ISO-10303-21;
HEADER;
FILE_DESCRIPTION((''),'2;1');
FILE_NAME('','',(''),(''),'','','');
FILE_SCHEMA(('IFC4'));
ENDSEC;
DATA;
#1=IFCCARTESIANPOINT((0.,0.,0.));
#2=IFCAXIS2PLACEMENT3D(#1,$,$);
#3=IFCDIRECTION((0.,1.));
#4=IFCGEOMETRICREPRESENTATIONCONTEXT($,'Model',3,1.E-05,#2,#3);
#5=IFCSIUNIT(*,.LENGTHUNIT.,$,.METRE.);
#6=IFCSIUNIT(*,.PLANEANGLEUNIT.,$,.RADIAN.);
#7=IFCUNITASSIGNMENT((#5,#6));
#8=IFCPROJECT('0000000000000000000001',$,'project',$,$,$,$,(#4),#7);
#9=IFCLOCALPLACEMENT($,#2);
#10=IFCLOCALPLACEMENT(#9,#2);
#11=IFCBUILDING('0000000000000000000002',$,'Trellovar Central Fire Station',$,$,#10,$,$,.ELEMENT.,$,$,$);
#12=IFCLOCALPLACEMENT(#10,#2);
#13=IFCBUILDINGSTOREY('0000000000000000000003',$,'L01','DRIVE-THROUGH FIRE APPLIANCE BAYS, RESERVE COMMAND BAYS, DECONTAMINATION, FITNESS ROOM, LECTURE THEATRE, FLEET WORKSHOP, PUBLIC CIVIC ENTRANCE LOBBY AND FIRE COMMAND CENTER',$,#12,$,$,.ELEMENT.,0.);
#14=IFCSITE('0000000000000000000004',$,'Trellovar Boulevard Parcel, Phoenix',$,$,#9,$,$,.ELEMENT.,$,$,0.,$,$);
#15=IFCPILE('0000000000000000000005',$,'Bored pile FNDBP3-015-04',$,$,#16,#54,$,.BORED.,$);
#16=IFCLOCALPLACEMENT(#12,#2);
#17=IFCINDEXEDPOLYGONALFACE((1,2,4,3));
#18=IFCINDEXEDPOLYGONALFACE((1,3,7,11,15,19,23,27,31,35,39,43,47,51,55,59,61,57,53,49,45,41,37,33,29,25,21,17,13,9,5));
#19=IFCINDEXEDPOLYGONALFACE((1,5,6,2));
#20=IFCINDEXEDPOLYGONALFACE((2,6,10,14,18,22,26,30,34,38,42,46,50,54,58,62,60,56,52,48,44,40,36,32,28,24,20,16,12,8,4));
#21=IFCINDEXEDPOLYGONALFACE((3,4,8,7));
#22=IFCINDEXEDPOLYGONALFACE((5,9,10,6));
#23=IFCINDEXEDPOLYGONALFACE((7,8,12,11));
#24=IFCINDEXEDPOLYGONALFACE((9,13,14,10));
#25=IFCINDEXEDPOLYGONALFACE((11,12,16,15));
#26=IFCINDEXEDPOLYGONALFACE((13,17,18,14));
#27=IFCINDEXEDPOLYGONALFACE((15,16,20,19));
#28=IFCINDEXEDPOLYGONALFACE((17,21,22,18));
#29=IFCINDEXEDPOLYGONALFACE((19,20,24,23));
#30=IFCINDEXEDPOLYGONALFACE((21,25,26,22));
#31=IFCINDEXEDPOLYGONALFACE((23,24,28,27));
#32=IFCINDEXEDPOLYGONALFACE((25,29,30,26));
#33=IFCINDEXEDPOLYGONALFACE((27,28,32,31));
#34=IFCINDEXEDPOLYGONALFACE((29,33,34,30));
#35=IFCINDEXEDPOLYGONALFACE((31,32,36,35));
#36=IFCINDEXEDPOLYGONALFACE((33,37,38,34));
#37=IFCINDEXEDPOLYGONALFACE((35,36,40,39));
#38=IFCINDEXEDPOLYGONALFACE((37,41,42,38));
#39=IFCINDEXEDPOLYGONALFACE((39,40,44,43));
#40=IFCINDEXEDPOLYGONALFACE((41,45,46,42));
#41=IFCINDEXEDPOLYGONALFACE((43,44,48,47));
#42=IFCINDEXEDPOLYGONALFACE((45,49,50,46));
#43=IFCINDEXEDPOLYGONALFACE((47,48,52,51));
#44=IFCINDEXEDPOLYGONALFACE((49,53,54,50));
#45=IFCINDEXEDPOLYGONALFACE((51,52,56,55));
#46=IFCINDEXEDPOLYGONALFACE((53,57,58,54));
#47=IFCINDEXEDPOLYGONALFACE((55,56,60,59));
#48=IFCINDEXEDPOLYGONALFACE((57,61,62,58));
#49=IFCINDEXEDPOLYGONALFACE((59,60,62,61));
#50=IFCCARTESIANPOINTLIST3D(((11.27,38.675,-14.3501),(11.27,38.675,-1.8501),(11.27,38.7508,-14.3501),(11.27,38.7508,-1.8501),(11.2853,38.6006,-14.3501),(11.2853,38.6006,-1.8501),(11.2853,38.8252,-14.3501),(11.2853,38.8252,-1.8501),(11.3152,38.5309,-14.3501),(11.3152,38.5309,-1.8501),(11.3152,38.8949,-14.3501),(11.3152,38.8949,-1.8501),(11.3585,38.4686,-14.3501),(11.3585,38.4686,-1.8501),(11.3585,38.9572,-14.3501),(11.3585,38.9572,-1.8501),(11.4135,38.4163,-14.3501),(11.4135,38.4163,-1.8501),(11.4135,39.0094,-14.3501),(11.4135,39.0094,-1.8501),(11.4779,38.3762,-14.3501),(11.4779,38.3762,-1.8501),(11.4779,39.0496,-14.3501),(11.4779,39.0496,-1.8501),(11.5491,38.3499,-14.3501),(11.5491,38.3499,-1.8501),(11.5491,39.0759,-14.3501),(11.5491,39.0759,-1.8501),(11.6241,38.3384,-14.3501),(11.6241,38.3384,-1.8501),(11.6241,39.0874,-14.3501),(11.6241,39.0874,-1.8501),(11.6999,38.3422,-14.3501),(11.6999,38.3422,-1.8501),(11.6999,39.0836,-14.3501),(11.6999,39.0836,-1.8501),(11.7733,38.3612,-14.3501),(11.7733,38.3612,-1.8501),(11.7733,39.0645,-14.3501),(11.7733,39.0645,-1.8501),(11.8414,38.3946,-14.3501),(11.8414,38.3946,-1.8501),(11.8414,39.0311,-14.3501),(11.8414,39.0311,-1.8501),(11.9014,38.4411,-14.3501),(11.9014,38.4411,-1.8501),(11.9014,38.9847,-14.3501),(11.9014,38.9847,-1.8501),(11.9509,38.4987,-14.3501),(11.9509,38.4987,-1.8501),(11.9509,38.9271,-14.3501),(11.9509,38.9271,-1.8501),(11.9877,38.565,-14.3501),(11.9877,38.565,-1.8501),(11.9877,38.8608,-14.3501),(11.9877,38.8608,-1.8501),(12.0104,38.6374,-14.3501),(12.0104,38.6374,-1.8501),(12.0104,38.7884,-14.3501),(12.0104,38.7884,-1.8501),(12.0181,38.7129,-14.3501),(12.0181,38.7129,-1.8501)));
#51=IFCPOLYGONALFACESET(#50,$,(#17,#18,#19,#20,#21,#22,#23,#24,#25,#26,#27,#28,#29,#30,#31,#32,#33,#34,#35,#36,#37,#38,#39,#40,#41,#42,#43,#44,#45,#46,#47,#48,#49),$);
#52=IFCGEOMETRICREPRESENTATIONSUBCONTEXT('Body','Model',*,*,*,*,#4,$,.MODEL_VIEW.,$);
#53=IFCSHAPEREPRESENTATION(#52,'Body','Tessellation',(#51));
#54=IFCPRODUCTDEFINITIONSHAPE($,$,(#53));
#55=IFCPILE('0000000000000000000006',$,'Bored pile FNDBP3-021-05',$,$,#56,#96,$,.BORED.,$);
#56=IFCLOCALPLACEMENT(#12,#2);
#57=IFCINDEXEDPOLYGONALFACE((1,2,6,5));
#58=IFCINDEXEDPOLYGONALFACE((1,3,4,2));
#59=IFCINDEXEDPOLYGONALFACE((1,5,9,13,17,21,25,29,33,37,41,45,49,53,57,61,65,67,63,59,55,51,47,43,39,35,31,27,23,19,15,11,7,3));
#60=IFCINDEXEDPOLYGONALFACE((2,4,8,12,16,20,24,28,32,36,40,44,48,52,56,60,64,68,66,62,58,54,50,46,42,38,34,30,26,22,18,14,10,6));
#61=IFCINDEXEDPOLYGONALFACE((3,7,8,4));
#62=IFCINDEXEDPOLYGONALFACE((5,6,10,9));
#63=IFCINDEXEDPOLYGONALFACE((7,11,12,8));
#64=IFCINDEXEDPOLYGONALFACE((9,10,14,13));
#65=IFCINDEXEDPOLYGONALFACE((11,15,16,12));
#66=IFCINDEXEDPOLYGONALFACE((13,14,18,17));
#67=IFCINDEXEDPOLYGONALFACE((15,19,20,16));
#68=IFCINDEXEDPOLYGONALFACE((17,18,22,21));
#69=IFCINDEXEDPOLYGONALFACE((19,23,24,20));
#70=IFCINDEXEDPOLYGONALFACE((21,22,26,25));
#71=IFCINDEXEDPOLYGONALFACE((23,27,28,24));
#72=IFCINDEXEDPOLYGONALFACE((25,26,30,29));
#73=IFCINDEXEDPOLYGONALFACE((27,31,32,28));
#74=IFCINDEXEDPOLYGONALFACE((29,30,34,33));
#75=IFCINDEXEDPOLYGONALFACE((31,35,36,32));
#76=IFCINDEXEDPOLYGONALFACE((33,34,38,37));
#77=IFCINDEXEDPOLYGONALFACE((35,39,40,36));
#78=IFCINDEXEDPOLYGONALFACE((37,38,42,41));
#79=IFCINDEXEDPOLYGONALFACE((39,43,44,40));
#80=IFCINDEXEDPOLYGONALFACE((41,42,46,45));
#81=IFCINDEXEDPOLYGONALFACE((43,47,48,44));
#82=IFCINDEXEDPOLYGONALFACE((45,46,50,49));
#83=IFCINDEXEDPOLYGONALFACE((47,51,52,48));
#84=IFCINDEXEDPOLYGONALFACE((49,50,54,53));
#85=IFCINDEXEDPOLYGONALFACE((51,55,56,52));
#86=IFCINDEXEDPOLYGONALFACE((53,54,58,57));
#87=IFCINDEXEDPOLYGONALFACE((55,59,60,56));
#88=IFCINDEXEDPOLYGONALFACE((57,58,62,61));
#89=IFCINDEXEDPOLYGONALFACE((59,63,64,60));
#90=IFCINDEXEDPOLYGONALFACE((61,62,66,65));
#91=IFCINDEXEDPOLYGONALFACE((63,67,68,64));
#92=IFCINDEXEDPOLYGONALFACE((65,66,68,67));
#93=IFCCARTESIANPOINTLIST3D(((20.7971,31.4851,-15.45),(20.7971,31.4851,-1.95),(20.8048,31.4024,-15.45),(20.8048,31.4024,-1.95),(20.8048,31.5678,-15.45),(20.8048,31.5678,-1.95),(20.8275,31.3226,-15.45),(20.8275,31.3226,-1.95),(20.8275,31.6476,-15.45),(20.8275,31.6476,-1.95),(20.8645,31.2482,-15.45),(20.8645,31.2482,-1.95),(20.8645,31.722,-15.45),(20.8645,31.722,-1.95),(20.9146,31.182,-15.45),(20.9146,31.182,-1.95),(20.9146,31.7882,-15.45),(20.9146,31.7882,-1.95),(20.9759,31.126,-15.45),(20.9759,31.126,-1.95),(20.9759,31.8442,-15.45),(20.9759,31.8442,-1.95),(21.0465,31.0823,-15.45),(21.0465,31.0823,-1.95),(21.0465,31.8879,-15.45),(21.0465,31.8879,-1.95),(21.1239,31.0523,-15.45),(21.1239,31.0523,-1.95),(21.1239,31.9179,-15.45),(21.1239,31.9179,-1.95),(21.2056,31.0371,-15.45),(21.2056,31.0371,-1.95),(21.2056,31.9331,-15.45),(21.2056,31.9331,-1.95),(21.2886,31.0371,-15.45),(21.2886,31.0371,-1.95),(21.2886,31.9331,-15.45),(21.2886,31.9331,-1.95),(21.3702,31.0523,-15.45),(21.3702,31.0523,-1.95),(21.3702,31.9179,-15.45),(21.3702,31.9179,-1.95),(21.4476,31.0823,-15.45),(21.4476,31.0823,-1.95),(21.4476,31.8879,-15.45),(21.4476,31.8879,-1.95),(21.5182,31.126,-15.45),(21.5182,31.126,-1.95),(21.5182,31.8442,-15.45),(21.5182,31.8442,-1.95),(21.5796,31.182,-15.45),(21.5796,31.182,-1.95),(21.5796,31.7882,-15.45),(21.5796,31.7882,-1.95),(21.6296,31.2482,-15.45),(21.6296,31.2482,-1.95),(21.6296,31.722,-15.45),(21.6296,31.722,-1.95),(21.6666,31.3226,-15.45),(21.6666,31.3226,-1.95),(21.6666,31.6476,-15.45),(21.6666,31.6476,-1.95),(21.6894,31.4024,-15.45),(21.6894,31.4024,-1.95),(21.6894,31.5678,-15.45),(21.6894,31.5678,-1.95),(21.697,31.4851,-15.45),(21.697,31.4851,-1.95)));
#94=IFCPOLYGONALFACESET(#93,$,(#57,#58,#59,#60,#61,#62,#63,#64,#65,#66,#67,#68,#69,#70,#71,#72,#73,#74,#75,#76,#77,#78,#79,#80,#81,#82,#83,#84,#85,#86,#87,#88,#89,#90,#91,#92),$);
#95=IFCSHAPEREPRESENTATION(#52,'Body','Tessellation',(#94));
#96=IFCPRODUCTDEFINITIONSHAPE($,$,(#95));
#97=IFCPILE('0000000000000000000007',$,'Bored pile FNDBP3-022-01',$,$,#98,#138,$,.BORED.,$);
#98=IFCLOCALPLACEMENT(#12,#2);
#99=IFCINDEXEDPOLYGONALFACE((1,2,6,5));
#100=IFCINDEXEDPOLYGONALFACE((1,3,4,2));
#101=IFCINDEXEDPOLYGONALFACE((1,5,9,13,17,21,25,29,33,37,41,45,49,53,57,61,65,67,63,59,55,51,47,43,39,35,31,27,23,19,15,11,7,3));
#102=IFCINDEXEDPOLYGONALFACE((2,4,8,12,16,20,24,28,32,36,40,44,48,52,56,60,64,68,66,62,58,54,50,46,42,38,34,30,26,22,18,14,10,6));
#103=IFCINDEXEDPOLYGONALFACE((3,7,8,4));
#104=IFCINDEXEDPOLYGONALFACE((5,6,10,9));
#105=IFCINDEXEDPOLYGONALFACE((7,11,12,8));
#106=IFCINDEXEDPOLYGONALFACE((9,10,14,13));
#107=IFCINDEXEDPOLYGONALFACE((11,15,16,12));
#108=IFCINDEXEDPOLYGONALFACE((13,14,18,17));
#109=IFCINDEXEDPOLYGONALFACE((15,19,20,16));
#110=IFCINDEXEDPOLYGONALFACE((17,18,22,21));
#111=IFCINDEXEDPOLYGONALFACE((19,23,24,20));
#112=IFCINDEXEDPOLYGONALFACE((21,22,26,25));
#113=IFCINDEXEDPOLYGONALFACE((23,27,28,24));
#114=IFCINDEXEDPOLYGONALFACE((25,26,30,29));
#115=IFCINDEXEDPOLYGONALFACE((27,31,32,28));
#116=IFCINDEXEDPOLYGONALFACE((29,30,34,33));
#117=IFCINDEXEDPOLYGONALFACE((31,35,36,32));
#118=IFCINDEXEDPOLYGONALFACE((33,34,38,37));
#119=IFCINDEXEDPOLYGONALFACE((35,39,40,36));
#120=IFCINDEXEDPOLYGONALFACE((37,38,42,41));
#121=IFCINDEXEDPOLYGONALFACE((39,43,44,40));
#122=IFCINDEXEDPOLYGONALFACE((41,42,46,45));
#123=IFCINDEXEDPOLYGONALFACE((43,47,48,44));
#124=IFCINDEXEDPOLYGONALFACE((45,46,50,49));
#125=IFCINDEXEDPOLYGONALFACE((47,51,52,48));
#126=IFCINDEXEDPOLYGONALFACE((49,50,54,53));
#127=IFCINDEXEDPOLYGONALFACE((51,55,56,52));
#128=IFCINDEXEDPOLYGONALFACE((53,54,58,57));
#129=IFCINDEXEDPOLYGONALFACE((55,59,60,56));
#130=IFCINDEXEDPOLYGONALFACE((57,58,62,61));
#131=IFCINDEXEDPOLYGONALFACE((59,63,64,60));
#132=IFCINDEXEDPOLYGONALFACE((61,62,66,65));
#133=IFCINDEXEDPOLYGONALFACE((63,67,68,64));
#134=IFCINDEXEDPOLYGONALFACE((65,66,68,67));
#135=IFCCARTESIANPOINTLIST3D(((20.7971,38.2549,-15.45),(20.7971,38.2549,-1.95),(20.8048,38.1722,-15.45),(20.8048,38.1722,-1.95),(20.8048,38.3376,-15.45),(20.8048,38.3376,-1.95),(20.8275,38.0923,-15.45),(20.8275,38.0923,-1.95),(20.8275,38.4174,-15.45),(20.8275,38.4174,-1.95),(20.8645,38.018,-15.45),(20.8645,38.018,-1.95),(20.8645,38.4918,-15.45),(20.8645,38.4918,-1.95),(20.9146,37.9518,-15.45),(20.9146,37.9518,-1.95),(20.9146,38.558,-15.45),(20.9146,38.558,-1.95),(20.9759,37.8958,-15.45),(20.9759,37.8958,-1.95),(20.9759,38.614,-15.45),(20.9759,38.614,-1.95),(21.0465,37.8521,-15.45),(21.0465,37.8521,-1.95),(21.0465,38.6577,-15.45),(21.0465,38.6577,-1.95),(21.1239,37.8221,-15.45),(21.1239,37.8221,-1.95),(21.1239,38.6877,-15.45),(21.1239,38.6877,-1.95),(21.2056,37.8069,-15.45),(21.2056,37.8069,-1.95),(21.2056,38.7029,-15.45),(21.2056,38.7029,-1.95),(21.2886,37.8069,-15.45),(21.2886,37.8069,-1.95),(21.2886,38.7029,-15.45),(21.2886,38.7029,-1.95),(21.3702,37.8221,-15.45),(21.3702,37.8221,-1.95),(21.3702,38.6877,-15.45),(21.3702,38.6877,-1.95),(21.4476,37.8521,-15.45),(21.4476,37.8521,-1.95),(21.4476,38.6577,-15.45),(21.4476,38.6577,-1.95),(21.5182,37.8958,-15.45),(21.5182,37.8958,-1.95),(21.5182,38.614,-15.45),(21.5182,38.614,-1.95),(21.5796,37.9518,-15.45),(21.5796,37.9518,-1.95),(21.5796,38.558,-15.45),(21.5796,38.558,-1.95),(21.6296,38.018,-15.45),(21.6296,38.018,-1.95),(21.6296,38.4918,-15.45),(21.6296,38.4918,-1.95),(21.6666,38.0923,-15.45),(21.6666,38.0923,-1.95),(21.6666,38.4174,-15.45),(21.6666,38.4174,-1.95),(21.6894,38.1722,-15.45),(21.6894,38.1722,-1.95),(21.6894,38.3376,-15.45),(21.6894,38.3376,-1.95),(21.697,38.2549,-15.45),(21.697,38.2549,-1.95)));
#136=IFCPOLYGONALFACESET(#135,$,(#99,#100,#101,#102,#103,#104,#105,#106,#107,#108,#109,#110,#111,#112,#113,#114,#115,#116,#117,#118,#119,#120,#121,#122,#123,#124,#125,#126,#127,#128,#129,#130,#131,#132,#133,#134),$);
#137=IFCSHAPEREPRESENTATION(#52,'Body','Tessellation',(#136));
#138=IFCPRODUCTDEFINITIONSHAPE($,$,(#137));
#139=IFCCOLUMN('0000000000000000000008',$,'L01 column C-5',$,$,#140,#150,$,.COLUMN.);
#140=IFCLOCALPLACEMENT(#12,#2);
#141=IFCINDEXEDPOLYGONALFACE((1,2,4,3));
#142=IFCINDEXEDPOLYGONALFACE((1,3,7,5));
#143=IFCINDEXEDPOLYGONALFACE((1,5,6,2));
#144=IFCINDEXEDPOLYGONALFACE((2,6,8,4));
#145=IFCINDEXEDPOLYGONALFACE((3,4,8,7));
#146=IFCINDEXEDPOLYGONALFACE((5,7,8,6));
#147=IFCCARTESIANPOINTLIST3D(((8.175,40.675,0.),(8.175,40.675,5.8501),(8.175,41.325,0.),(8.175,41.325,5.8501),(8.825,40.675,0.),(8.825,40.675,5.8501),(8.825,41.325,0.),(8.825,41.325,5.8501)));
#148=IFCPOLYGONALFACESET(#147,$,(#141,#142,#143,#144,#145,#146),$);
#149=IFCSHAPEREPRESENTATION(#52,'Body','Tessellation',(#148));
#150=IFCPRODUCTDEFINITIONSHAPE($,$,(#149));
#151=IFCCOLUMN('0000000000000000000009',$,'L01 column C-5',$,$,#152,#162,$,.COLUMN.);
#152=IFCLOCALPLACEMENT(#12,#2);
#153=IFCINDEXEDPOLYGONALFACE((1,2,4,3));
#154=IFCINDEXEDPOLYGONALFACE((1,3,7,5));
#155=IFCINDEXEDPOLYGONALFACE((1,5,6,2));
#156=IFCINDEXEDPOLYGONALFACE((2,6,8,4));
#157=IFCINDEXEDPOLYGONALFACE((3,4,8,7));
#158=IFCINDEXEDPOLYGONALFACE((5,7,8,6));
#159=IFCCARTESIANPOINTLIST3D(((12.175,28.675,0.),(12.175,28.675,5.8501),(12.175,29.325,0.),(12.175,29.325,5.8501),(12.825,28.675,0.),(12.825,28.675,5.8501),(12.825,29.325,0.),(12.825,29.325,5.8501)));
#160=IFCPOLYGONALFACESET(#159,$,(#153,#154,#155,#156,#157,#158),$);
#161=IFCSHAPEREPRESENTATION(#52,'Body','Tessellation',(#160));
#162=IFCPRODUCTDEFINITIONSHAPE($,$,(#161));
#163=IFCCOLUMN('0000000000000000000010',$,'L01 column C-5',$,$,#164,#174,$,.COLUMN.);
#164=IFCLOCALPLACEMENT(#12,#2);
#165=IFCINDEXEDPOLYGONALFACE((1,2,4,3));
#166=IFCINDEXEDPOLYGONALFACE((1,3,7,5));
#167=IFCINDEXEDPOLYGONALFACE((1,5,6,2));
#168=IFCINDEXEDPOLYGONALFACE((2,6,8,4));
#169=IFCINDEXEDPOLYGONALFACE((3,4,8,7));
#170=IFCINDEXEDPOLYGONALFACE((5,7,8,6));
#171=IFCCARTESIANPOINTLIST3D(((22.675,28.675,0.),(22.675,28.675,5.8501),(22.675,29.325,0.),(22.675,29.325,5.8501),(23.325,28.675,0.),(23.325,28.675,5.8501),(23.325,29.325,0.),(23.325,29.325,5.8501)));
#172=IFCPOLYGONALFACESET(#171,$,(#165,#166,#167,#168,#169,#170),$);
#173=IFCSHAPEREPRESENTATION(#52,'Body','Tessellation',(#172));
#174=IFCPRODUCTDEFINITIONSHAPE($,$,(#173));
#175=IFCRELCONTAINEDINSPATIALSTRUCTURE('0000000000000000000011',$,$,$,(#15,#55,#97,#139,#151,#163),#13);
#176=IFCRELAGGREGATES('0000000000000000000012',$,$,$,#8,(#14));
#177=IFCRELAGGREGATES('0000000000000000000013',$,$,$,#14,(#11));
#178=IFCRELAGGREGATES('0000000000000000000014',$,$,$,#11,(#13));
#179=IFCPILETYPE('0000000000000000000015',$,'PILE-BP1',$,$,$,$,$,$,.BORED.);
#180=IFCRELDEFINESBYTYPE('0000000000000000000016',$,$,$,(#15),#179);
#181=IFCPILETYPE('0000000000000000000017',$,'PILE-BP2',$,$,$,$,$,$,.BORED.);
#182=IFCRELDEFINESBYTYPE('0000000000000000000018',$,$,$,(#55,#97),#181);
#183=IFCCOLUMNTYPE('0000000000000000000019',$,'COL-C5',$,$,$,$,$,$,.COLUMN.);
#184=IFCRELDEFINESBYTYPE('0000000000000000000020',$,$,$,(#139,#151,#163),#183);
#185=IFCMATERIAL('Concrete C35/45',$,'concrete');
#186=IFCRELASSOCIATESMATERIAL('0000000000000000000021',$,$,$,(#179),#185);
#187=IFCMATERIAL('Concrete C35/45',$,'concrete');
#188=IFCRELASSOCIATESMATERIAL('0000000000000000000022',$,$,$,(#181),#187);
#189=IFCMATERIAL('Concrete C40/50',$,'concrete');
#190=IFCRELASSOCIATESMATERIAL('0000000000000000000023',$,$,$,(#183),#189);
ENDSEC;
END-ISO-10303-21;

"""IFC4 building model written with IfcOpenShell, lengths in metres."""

from ifc_helpers import new_model, si_unit, direction, frame, origin, origin_2d, place, context, subcontext, project, spatial, rectangle, circle, extrude, material, material_profile, profile_set, type_object, element, save


model = new_model("IFC4")

# Units and contexts
model_context = context("Model", 3, precision=1e-05, world=origin(), true_north=direction((0.0, 1.0)))
body_context = subcontext(model_context, "Body", "Model", "MODEL_VIEW")
ifc_project = project(units=[si_unit("LENGTHUNIT", "METRE"), si_unit("PLANEANGLEUNIT", "RADIAN")], contexts=[model_context])

# Site, building, storey
site_placement = place(None, origin())
site = spatial("IfcSite", under=ifc_project, at=site_placement, Name="Trellovar Boulevard Parcel, Phoenix", CompositionType="ELEMENT", RefElevation=0.0)
building_placement = place(site_placement, origin())
building = spatial("IfcBuilding", under=site, at=building_placement, Name="Trellovar Central Fire Station", CompositionType="ELEMENT")
storey_placement = place(building_placement, origin())
storey = spatial("IfcBuildingStorey", under=building, at=storey_placement, Name="L01", Description="DRIVE-THROUGH FIRE APPLIANCE BAYS, RESERVE COMMAND BAYS, DECONTAMINATION, FITNESS ROOM, LECTURE THEATRE, FLEET WORKSHOP, PUBLIC CIVIC ENTRANCE LOBBY AND FIRE COMMAND CENTER", CompositionType="ELEMENT", Elevation=0.0)

# Piles
ifc_material_1 = material(Name="Concrete C35/45", Category="concrete")
ifc_material_profile_1 = material_profile(ifc_material_1, circle(Radius=0.375, at=origin_2d()), Name="PILE750")
ifc_profile_set_1 = profile_set([ifc_material_profile_1], Name="Concrete C35/45")
pile_type_1 = type_object("IfcPileType", Name="PILE-BP1", PredefinedType="BORED", material=ifc_profile_set_1)
for number, where, z_axis, x_axis, name in (
    (1, (11.6431, 38.7129, -1.8501), (0.0, 0.0, -1.0), (1.0, 0.0, 0.0), "Bored pile FNDBP3-015-04"),
):
    element("IfcPile", number, at=place(storey_placement, frame(where, z_axis=z_axis, x_axis=x_axis)), inside=storey, type_object=pile_type_1, Name=name, PredefinedType="BORED", context=body_context, shape_type="SweptSolid", body=[
        extrude(circle(Radius=0.375, at=origin_2d()), origin(), (0.0, 0.0, 1.0), 12.5),
    ])
ifc_material_2 = material(Name="Concrete C35/45", Category="concrete")
ifc_material_profile_2 = material_profile(ifc_material_2, circle(Radius=0.45, at=origin_2d()), Name="PILE900")
ifc_profile_set_2 = profile_set([ifc_material_profile_2], Name="Concrete C35/45")
pile_type_2 = type_object("IfcPileType", Name="PILE-BP2", PredefinedType="BORED", material=ifc_profile_set_2)
for number, where, z_axis, x_axis, name in (
    (2, (21.2471, 31.4851, -1.95), (0.0, 0.0, -1.0), (1.0, 0.0, 0.0), "Bored pile FNDBP3-021-05"),
    (3, (21.2471, 38.2549, -1.95), (0.0, 0.0, -1.0), (1.0, 0.0, 0.0), "Bored pile FNDBP3-022-01"),
):
    element("IfcPile", number, at=place(storey_placement, frame(where, z_axis=z_axis, x_axis=x_axis)), inside=storey, type_object=pile_type_2, Name=name, PredefinedType="BORED", context=body_context, shape_type="SweptSolid", body=[
        extrude(circle(Radius=0.45, at=origin_2d()), origin(), (0.0, 0.0, 1.0), 13.5),
    ])

# Columns
ifc_material_3 = material(Name="Concrete C40/50", Category="concrete")
ifc_material_profile_3 = material_profile(ifc_material_3, rectangle(XDim=0.6499, YDim=0.6499, at=origin_2d()), Name="RC650X650")
ifc_profile_set_3 = profile_set([ifc_material_profile_3], Name="Concrete C40/50")
column_type = type_object("IfcColumnType", Name="COL-C5", PredefinedType="COLUMN", material=ifc_profile_set_3)
for number, where, z_axis, x_axis, name in (
    (4, (8.5, 41.0, 0.0), (0.0, 0.0, 1.0), (1.0, 0.0, 0.0), "L01 column C-5"),
    (5, (12.5, 29.0, 0.0), (0.0, 0.0, 1.0), (1.0, 0.0, 0.0), "L01 column C-5"),
    (6, (23.0, 29.0, 0.0), (0.0, 0.0, 1.0), (1.0, 0.0, 0.0), "L01 column C-5"),
):
    element("IfcColumn", number, at=place(storey_placement, frame(where, z_axis=z_axis, x_axis=x_axis)), inside=storey, type_object=column_type, Name=name, PredefinedType="COLUMN", context=body_context, shape_type="SweptSolid", body=[
        extrude(rectangle(XDim=0.6499, YDim=0.6499, at=origin_2d()), origin(), (0.0, 0.0, 1.0), 5.8501),
    ])

save(model, "model.ifc")
